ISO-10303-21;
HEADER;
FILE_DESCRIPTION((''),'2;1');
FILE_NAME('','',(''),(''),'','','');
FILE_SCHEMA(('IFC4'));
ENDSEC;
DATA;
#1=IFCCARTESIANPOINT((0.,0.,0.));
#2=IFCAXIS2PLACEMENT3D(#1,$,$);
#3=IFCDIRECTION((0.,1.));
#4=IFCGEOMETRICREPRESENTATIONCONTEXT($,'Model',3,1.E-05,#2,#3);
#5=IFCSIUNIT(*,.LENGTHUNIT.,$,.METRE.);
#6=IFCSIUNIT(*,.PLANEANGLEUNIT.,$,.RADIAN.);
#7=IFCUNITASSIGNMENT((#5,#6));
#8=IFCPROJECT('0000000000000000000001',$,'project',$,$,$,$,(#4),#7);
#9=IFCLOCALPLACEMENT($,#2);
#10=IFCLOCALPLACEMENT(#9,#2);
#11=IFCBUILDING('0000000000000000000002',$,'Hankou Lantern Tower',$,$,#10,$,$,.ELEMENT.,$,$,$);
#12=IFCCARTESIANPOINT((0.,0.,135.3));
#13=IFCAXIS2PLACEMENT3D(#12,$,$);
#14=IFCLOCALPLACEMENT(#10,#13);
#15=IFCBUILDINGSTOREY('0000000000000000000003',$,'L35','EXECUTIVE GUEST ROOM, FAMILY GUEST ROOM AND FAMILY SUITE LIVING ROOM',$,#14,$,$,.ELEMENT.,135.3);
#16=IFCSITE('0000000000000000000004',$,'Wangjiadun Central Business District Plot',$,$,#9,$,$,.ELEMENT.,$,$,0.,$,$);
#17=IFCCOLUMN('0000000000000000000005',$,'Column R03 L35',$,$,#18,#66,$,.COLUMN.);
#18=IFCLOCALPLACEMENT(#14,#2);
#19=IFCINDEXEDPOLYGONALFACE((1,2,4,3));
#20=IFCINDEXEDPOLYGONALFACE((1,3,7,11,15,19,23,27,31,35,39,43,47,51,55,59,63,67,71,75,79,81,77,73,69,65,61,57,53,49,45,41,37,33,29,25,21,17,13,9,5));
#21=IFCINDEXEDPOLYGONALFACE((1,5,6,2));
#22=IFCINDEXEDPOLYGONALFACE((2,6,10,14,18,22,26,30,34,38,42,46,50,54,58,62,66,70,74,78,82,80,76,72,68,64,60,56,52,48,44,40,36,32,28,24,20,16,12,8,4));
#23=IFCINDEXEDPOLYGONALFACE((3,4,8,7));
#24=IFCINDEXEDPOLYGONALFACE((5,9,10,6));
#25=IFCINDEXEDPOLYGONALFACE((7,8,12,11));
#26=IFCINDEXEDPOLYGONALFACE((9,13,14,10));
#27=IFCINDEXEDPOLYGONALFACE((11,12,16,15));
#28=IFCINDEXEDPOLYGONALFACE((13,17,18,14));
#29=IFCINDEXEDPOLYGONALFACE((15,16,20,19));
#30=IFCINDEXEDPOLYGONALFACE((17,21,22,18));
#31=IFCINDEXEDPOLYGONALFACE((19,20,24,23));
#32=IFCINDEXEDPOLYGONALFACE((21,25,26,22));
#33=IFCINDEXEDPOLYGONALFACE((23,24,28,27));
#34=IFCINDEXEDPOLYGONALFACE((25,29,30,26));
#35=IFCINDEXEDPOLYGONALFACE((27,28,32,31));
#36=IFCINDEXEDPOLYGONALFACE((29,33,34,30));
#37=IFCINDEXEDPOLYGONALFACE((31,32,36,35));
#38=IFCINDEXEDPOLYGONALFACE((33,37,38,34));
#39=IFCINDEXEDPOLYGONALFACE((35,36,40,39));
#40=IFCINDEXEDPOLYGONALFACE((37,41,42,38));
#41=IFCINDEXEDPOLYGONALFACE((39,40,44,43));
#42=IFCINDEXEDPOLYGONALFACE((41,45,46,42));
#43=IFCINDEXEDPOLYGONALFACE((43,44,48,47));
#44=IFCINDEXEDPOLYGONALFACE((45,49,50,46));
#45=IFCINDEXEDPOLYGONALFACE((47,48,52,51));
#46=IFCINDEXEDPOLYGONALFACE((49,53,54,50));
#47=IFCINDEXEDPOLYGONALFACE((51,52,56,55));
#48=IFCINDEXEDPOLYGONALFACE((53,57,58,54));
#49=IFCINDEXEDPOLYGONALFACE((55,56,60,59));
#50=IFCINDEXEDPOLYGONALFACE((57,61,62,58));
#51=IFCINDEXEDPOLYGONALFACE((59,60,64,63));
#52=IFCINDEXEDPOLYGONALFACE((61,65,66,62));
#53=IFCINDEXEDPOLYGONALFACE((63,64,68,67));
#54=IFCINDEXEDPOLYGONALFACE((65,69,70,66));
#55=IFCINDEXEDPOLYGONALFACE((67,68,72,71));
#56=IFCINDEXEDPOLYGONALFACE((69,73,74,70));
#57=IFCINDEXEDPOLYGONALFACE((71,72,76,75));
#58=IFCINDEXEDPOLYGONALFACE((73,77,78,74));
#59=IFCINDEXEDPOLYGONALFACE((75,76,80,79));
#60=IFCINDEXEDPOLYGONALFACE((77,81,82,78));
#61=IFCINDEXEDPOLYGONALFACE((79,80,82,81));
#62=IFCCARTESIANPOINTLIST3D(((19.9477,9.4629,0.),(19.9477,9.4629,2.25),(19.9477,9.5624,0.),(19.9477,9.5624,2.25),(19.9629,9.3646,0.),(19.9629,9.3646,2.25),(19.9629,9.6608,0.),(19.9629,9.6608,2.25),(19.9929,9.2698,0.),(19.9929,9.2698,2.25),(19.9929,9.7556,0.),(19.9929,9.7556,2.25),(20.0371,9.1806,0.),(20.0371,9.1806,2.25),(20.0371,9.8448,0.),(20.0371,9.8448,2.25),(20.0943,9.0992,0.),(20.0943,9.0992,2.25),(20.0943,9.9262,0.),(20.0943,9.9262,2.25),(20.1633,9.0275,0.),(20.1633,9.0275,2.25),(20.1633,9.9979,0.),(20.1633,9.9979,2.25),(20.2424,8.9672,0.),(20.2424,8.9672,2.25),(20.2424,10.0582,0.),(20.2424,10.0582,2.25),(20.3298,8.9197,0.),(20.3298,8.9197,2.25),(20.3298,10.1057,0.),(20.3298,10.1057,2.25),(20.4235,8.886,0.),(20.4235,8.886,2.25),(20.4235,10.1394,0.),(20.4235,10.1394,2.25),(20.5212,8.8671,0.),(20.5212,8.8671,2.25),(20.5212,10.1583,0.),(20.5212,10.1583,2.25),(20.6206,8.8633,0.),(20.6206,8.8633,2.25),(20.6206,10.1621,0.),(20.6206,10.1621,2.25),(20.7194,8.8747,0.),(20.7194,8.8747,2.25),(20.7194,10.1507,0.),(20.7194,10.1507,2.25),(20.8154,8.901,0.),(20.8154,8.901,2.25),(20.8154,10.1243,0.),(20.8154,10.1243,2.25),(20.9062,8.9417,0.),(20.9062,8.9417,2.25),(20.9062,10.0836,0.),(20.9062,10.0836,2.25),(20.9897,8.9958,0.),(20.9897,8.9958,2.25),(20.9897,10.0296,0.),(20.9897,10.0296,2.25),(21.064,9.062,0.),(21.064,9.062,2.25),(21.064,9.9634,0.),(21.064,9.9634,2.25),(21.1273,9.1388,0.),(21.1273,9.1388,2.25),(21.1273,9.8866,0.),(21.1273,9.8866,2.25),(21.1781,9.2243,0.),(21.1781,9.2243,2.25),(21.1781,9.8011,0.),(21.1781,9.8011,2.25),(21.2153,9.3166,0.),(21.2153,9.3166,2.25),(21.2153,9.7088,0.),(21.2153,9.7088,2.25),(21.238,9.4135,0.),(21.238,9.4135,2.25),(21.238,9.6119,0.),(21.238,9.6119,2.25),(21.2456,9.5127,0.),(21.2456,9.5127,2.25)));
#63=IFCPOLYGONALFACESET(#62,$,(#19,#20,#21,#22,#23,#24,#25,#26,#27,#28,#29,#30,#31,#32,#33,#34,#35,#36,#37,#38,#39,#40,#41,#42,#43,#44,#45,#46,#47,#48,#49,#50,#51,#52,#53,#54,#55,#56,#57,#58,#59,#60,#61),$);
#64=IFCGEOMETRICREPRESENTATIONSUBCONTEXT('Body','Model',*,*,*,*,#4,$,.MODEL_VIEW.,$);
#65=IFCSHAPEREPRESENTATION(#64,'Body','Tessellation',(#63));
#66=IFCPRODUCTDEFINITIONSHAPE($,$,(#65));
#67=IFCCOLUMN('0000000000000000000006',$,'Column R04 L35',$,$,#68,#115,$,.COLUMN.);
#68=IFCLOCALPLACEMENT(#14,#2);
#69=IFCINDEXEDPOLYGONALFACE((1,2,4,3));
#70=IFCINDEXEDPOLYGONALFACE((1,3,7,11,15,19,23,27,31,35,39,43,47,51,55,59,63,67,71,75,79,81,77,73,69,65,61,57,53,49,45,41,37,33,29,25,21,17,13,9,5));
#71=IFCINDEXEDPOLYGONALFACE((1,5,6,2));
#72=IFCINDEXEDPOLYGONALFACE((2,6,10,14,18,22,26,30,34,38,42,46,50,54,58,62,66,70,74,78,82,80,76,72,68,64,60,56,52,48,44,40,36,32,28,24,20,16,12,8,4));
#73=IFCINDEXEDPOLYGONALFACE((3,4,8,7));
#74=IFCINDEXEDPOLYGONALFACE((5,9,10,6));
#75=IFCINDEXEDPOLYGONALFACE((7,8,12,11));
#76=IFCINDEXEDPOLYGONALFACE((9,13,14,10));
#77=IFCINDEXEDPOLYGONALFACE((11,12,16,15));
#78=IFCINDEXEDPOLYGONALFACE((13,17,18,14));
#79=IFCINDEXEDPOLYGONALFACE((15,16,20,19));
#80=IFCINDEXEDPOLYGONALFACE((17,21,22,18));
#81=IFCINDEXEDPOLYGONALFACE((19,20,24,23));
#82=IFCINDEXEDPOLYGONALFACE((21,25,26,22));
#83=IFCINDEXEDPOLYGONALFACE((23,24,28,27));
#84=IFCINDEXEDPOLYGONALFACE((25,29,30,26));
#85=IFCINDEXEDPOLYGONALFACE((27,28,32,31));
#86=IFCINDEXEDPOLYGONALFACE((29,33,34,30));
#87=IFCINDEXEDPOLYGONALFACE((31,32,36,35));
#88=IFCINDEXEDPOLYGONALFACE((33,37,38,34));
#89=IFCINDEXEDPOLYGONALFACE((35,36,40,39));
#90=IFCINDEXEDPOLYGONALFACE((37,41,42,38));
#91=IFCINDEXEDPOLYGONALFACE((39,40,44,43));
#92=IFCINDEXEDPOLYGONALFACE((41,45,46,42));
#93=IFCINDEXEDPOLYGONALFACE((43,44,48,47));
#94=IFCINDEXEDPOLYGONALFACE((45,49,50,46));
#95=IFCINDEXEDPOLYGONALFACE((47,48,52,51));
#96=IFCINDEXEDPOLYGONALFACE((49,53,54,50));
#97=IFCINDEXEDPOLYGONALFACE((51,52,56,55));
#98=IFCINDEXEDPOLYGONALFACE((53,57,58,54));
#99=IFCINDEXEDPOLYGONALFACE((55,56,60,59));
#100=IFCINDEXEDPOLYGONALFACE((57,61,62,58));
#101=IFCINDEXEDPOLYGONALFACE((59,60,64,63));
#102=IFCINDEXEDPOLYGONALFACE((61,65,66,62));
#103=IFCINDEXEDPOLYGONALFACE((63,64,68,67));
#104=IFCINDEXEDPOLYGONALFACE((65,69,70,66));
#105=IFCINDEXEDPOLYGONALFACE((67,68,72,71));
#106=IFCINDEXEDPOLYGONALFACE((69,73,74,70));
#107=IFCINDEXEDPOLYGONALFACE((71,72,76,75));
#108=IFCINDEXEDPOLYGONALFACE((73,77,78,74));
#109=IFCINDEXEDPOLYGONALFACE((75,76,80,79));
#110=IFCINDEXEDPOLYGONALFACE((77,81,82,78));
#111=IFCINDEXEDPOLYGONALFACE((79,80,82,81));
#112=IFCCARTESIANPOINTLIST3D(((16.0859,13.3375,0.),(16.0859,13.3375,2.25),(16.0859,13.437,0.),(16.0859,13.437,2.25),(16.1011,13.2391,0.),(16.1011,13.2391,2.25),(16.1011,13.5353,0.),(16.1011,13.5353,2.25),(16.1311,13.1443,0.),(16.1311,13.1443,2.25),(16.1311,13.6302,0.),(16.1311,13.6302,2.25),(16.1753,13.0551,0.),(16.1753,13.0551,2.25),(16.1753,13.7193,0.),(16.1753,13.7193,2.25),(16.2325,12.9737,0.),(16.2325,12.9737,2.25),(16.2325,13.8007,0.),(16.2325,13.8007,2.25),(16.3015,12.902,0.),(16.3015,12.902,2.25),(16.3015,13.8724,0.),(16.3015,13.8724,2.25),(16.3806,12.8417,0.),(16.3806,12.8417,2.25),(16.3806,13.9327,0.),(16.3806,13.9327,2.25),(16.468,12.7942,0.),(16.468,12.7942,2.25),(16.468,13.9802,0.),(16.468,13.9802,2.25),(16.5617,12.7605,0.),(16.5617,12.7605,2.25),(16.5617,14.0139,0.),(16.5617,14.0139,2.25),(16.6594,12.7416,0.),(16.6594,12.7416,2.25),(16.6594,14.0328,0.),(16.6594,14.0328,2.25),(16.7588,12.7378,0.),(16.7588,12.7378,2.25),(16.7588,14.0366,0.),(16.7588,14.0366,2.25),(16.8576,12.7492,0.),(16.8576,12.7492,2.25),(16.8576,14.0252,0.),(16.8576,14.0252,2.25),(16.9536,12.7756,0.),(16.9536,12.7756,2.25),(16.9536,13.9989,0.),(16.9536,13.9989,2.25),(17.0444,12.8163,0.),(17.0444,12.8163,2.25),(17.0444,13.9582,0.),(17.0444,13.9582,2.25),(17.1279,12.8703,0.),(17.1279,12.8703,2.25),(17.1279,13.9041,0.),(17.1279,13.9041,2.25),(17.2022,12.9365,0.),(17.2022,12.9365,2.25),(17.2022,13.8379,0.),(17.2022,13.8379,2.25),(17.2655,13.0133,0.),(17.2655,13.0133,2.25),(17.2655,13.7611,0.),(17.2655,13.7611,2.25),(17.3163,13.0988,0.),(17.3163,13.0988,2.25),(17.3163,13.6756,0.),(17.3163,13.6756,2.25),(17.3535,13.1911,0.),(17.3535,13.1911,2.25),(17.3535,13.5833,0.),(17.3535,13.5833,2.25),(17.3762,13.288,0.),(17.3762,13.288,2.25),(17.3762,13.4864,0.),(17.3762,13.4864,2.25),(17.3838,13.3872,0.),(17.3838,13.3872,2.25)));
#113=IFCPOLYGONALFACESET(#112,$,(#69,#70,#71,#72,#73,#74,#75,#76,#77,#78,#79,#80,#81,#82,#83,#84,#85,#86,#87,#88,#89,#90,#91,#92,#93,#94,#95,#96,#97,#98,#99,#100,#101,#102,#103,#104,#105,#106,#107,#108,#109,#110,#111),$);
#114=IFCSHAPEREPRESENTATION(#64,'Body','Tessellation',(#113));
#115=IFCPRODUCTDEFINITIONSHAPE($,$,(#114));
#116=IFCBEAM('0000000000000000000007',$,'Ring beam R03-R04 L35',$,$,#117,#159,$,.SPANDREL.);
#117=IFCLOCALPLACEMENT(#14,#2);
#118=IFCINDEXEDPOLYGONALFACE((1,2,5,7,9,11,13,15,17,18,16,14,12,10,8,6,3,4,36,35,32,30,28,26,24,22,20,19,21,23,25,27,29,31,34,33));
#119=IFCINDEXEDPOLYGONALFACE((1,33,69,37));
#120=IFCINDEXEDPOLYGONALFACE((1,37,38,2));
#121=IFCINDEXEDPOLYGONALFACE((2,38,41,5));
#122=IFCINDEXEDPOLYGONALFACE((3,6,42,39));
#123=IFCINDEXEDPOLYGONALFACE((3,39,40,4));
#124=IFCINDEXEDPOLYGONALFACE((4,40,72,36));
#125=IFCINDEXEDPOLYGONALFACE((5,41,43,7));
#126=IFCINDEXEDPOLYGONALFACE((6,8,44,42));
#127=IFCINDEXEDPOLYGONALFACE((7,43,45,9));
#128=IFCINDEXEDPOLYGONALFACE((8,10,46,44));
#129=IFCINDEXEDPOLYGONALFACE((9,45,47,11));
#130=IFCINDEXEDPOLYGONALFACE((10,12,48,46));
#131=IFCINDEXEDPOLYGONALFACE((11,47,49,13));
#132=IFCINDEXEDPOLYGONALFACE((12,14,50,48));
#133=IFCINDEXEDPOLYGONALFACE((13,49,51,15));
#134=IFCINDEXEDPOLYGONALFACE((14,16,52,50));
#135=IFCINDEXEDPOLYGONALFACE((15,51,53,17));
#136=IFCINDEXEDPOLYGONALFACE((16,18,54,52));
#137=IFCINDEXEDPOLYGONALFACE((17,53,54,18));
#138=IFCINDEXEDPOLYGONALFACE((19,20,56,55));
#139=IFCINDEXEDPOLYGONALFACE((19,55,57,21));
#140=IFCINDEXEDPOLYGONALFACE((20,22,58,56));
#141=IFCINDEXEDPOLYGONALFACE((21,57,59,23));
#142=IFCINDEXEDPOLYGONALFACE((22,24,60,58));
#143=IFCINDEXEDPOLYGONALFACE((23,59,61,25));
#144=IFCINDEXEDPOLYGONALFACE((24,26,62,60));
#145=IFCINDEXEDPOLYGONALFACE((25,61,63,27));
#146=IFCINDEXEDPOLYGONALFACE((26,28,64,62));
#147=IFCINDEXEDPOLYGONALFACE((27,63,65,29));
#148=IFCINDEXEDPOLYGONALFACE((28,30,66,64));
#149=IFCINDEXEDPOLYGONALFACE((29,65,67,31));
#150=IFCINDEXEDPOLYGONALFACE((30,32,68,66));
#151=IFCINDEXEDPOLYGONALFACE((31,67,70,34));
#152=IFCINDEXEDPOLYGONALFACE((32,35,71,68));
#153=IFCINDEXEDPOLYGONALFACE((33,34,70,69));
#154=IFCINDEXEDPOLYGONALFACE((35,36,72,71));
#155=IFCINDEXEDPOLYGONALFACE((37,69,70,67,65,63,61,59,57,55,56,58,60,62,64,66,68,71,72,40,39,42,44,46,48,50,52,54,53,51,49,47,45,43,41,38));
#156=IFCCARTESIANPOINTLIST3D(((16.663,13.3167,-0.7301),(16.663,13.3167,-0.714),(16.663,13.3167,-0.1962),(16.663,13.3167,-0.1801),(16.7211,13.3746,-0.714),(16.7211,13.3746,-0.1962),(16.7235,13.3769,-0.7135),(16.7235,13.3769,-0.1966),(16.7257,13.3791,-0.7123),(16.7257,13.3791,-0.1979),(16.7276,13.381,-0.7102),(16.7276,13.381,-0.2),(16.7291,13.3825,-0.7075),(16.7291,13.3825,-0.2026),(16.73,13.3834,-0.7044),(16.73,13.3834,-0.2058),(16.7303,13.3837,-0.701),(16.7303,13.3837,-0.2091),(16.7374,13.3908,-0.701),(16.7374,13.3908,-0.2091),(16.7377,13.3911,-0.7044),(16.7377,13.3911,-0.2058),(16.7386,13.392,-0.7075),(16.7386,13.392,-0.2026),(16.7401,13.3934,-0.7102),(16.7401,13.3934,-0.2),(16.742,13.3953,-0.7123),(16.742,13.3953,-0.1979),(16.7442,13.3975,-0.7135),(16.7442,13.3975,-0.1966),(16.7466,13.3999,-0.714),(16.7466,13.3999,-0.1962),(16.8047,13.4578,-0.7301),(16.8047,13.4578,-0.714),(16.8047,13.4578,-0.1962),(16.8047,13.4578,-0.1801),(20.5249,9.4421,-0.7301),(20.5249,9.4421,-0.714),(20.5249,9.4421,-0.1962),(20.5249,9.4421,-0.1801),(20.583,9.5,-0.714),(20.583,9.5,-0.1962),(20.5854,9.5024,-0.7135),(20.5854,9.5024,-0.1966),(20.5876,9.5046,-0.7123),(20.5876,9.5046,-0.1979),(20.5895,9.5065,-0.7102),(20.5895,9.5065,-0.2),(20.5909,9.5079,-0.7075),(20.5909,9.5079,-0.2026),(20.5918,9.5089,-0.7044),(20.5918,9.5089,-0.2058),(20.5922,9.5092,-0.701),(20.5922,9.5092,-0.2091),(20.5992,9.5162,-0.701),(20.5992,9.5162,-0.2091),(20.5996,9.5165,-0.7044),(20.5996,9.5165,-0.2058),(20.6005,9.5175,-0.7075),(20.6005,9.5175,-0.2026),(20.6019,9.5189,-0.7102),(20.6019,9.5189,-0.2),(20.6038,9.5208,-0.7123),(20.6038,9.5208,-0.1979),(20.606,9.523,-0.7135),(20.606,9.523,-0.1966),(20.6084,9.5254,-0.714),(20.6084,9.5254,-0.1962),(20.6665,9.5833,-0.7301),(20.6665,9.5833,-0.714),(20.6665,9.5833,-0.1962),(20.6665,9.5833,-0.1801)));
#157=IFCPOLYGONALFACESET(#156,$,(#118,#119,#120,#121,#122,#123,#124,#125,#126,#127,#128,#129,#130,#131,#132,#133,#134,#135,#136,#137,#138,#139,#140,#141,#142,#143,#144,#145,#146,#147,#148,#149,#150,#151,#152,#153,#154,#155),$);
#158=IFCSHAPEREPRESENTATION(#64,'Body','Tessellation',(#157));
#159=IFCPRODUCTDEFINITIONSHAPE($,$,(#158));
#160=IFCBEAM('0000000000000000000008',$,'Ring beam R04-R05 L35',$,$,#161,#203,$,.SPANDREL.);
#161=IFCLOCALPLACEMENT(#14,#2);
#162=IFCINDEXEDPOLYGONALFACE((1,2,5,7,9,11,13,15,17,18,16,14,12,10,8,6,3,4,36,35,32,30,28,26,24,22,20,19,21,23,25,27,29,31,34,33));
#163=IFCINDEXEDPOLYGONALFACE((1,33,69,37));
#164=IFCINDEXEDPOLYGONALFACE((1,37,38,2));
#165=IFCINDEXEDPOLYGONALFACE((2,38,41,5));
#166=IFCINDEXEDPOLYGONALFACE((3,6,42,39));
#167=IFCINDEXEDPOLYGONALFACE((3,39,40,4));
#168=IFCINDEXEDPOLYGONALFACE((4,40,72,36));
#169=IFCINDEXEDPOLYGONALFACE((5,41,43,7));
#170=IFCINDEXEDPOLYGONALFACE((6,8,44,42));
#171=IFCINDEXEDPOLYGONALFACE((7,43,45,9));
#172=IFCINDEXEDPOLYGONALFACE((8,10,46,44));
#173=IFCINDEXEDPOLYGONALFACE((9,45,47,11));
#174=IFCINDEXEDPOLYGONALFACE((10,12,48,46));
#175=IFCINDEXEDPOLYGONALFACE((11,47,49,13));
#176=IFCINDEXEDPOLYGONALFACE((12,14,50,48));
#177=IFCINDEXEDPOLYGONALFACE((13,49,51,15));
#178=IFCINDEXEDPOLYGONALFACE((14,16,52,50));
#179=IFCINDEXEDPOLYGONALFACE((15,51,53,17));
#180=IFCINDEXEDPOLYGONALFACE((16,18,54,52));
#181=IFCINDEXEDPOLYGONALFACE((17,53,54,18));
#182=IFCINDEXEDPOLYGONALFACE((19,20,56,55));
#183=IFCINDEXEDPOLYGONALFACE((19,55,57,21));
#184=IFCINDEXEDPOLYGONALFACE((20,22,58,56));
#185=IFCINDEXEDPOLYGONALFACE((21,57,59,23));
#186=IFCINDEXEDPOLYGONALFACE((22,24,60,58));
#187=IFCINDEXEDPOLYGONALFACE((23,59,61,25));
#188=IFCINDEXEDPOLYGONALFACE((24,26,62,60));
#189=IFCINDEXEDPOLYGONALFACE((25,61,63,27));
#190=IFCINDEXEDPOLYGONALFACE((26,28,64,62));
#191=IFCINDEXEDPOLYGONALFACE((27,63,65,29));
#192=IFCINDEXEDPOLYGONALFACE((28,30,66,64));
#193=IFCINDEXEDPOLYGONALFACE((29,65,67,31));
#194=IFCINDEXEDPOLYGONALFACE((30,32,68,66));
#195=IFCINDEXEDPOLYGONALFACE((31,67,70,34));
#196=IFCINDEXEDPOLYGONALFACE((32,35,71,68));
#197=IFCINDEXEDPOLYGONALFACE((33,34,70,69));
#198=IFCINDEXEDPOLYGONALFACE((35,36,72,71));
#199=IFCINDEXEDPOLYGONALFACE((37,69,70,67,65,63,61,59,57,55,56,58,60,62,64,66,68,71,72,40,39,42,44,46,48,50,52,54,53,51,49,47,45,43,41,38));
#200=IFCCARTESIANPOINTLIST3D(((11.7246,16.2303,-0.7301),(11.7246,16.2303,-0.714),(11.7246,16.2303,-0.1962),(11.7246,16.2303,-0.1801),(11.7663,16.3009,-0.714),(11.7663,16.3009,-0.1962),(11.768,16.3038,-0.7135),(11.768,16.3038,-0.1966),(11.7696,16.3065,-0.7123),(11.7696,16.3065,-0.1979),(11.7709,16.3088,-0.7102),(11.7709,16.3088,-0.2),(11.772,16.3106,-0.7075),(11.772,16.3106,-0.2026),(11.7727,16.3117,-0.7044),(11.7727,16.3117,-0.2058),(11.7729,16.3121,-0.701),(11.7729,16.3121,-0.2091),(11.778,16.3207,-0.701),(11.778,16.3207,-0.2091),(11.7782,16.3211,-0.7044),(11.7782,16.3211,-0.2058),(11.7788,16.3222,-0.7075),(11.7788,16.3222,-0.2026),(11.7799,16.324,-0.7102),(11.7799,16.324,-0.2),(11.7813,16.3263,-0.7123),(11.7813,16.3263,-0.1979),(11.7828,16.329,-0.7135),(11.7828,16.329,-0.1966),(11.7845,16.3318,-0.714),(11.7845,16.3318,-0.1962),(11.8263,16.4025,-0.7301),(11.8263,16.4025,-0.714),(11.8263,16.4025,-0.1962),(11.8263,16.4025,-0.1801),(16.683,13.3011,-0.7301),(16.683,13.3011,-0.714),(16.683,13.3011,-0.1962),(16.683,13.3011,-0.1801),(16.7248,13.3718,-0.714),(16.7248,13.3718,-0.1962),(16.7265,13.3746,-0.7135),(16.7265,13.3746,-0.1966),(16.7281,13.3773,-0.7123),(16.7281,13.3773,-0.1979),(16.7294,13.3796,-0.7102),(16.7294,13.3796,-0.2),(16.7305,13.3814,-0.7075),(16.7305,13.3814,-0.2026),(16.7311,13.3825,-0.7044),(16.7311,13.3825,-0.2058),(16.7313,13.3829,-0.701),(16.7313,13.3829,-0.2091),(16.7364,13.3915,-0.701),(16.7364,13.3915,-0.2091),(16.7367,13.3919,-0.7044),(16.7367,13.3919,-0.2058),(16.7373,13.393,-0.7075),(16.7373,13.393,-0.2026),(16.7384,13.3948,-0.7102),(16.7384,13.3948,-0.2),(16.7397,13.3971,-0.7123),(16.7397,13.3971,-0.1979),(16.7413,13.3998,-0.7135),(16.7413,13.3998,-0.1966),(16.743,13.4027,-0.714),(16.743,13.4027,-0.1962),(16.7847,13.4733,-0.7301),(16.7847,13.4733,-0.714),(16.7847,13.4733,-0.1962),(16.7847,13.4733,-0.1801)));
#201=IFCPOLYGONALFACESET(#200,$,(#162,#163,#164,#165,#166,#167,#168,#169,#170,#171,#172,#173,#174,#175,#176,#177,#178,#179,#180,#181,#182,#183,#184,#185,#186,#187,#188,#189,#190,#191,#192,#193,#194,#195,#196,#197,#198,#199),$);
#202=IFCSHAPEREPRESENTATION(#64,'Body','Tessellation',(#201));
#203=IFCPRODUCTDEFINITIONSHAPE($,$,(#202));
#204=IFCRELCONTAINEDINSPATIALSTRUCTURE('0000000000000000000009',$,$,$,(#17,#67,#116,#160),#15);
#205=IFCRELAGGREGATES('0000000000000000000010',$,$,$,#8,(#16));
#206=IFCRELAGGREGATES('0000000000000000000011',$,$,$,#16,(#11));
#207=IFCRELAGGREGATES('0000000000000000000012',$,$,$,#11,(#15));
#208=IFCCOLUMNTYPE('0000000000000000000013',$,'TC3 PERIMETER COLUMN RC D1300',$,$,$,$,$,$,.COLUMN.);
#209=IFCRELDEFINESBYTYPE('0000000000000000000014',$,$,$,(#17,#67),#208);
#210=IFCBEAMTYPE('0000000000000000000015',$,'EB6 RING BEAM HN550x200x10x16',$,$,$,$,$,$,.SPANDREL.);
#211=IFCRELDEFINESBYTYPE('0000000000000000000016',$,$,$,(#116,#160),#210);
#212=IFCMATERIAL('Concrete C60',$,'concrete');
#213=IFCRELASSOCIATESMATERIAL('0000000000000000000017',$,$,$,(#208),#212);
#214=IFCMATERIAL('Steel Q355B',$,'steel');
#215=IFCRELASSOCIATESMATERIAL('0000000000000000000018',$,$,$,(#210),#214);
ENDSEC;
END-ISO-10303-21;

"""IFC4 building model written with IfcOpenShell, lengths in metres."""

from ifc_helpers import new_model, si_unit, direction, frame, origin, origin_2d, place, context, subcontext, project, spatial, circle, i_section, extrude, clip, halfspace, material, material_profile, profile_set, type_object, element, save


model = new_model("IFC4")

# Units and contexts
model_context = context("Model", 3, precision=1e-05, world=origin(), true_north=direction((0.0, 1.0)))
body_context = subcontext(model_context, "Body", "Model", "MODEL_VIEW")
ifc_project = project(units=[si_unit("LENGTHUNIT", "METRE"), si_unit("PLANEANGLEUNIT", "RADIAN")], contexts=[model_context])

# Site, building, storey
site_placement = place(None, origin())
site = spatial("IfcSite", under=ifc_project, at=site_placement, Name="Wangjiadun Central Business District Plot", CompositionType="ELEMENT", RefElevation=0.0)
building_placement = place(site_placement, origin())
building = spatial("IfcBuilding", under=site, at=building_placement, Name="Hankou Lantern Tower", CompositionType="ELEMENT")
storey_placement = place(building_placement, frame((0.0, 0.0, 135.3)))
storey = spatial("IfcBuildingStorey", under=building, at=storey_placement, Name="L35", Description="EXECUTIVE GUEST ROOM, FAMILY GUEST ROOM AND FAMILY SUITE LIVING ROOM", CompositionType="ELEMENT", Elevation=135.3)

# Columns
ifc_material_1 = material(Name="Concrete C60", Category="concrete")
ifc_material_profile_1 = material_profile(ifc_material_1, circle(Radius=0.6499, at=origin_2d()), Name="RC D1300")
ifc_profile_set_1 = profile_set([ifc_material_profile_1], Name="Concrete C60")
column_type = type_object("IfcColumnType", Name="TC3 PERIMETER COLUMN RC D1300", PredefinedType="COLUMN", material=ifc_profile_set_1)
for number, where, z_axis, x_axis, name in (
    (1, (20.5957, 9.5127, 0.0), (0.0, 0.0, 1.0), (1.0, 0.0, 0.0), "Column R03 L35"),
    (2, (16.7339, 13.3872, 0.0), (0.0, 0.0, 1.0), (1.0, 0.0, 0.0), "Column R04 L35"),
):
    element("IfcColumn", number, at=place(storey_placement, frame(where, z_axis=z_axis, x_axis=x_axis)), inside=storey, type_object=column_type, Name=name, PredefinedType="COLUMN", context=body_context, shape_type="Clipping", body=[
        clip(extrude(circle(Radius=0.6499, at=origin_2d()), origin(), (0.0, 0.0, 1.0), 3.3), halfspace(frame((0.0, 0.0, 2.25), z_axis=(0.0, 0.0, 1.0), x_axis=(1.0, 0.0, 0.0)), False)),
    ])

# Beams
ifc_material_2 = material(Name="Steel Q355B", Category="steel")
ifc_material_profile_2 = material_profile(ifc_material_2, i_section(OverallWidth=0.2, OverallDepth=0.55, WebThickness=0.01, FlangeThickness=0.0161, FilletRadius=0.0129, at=origin_2d()), Name="HN550x200x10x16")
ifc_profile_set_2 = profile_set([ifc_material_profile_2], Name="Steel Q355B")
beam_type_1 = type_object("IfcBeamType", Name="EB6 RING BEAM HN550x200x10x16", PredefinedType="SPANDREL", material=ifc_profile_set_2)
beam_1_placement = place(storey_placement, frame((20.5957, 9.5127, -0.4551), z_axis=(-0.705945, 0.708266, 0.0), x_axis=(-0.708266, -0.705945, 0.0)))
element("IfcBeam", 3, at=beam_1_placement, inside=storey, type_object=beam_type_1, Name="Ring beam R03-R04 L35", PredefinedType="SPANDREL", context=body_context, shape_type="SweptSolid", body=[
    extrude(i_section(OverallWidth=0.2, OverallDepth=0.55, WebThickness=0.01, FlangeThickness=0.0161, FilletRadius=0.0129, at=origin_2d()), origin(), (0.0, 0.0, 1.0), 5.4705),
])
beam_2_placement = place(storey_placement, frame((16.7339, 13.3872, -0.4551), z_axis=(-0.860989, 0.508624, 0.0), x_axis=(-0.508624, -0.860989, 0.0)))
element("IfcBeam", 4, at=beam_2_placement, inside=storey, type_object=beam_type_1, Name="Ring beam R04-R05 L35", PredefinedType="SPANDREL", context=body_context, shape_type="SweptSolid", body=[
    extrude(i_section(OverallWidth=0.2, OverallDepth=0.55, WebThickness=0.01, FlangeThickness=0.0161, FilletRadius=0.0129, at=origin_2d()), origin(), (0.0, 0.0, 1.0), 5.759),
])

save(model, "model.ifc")
